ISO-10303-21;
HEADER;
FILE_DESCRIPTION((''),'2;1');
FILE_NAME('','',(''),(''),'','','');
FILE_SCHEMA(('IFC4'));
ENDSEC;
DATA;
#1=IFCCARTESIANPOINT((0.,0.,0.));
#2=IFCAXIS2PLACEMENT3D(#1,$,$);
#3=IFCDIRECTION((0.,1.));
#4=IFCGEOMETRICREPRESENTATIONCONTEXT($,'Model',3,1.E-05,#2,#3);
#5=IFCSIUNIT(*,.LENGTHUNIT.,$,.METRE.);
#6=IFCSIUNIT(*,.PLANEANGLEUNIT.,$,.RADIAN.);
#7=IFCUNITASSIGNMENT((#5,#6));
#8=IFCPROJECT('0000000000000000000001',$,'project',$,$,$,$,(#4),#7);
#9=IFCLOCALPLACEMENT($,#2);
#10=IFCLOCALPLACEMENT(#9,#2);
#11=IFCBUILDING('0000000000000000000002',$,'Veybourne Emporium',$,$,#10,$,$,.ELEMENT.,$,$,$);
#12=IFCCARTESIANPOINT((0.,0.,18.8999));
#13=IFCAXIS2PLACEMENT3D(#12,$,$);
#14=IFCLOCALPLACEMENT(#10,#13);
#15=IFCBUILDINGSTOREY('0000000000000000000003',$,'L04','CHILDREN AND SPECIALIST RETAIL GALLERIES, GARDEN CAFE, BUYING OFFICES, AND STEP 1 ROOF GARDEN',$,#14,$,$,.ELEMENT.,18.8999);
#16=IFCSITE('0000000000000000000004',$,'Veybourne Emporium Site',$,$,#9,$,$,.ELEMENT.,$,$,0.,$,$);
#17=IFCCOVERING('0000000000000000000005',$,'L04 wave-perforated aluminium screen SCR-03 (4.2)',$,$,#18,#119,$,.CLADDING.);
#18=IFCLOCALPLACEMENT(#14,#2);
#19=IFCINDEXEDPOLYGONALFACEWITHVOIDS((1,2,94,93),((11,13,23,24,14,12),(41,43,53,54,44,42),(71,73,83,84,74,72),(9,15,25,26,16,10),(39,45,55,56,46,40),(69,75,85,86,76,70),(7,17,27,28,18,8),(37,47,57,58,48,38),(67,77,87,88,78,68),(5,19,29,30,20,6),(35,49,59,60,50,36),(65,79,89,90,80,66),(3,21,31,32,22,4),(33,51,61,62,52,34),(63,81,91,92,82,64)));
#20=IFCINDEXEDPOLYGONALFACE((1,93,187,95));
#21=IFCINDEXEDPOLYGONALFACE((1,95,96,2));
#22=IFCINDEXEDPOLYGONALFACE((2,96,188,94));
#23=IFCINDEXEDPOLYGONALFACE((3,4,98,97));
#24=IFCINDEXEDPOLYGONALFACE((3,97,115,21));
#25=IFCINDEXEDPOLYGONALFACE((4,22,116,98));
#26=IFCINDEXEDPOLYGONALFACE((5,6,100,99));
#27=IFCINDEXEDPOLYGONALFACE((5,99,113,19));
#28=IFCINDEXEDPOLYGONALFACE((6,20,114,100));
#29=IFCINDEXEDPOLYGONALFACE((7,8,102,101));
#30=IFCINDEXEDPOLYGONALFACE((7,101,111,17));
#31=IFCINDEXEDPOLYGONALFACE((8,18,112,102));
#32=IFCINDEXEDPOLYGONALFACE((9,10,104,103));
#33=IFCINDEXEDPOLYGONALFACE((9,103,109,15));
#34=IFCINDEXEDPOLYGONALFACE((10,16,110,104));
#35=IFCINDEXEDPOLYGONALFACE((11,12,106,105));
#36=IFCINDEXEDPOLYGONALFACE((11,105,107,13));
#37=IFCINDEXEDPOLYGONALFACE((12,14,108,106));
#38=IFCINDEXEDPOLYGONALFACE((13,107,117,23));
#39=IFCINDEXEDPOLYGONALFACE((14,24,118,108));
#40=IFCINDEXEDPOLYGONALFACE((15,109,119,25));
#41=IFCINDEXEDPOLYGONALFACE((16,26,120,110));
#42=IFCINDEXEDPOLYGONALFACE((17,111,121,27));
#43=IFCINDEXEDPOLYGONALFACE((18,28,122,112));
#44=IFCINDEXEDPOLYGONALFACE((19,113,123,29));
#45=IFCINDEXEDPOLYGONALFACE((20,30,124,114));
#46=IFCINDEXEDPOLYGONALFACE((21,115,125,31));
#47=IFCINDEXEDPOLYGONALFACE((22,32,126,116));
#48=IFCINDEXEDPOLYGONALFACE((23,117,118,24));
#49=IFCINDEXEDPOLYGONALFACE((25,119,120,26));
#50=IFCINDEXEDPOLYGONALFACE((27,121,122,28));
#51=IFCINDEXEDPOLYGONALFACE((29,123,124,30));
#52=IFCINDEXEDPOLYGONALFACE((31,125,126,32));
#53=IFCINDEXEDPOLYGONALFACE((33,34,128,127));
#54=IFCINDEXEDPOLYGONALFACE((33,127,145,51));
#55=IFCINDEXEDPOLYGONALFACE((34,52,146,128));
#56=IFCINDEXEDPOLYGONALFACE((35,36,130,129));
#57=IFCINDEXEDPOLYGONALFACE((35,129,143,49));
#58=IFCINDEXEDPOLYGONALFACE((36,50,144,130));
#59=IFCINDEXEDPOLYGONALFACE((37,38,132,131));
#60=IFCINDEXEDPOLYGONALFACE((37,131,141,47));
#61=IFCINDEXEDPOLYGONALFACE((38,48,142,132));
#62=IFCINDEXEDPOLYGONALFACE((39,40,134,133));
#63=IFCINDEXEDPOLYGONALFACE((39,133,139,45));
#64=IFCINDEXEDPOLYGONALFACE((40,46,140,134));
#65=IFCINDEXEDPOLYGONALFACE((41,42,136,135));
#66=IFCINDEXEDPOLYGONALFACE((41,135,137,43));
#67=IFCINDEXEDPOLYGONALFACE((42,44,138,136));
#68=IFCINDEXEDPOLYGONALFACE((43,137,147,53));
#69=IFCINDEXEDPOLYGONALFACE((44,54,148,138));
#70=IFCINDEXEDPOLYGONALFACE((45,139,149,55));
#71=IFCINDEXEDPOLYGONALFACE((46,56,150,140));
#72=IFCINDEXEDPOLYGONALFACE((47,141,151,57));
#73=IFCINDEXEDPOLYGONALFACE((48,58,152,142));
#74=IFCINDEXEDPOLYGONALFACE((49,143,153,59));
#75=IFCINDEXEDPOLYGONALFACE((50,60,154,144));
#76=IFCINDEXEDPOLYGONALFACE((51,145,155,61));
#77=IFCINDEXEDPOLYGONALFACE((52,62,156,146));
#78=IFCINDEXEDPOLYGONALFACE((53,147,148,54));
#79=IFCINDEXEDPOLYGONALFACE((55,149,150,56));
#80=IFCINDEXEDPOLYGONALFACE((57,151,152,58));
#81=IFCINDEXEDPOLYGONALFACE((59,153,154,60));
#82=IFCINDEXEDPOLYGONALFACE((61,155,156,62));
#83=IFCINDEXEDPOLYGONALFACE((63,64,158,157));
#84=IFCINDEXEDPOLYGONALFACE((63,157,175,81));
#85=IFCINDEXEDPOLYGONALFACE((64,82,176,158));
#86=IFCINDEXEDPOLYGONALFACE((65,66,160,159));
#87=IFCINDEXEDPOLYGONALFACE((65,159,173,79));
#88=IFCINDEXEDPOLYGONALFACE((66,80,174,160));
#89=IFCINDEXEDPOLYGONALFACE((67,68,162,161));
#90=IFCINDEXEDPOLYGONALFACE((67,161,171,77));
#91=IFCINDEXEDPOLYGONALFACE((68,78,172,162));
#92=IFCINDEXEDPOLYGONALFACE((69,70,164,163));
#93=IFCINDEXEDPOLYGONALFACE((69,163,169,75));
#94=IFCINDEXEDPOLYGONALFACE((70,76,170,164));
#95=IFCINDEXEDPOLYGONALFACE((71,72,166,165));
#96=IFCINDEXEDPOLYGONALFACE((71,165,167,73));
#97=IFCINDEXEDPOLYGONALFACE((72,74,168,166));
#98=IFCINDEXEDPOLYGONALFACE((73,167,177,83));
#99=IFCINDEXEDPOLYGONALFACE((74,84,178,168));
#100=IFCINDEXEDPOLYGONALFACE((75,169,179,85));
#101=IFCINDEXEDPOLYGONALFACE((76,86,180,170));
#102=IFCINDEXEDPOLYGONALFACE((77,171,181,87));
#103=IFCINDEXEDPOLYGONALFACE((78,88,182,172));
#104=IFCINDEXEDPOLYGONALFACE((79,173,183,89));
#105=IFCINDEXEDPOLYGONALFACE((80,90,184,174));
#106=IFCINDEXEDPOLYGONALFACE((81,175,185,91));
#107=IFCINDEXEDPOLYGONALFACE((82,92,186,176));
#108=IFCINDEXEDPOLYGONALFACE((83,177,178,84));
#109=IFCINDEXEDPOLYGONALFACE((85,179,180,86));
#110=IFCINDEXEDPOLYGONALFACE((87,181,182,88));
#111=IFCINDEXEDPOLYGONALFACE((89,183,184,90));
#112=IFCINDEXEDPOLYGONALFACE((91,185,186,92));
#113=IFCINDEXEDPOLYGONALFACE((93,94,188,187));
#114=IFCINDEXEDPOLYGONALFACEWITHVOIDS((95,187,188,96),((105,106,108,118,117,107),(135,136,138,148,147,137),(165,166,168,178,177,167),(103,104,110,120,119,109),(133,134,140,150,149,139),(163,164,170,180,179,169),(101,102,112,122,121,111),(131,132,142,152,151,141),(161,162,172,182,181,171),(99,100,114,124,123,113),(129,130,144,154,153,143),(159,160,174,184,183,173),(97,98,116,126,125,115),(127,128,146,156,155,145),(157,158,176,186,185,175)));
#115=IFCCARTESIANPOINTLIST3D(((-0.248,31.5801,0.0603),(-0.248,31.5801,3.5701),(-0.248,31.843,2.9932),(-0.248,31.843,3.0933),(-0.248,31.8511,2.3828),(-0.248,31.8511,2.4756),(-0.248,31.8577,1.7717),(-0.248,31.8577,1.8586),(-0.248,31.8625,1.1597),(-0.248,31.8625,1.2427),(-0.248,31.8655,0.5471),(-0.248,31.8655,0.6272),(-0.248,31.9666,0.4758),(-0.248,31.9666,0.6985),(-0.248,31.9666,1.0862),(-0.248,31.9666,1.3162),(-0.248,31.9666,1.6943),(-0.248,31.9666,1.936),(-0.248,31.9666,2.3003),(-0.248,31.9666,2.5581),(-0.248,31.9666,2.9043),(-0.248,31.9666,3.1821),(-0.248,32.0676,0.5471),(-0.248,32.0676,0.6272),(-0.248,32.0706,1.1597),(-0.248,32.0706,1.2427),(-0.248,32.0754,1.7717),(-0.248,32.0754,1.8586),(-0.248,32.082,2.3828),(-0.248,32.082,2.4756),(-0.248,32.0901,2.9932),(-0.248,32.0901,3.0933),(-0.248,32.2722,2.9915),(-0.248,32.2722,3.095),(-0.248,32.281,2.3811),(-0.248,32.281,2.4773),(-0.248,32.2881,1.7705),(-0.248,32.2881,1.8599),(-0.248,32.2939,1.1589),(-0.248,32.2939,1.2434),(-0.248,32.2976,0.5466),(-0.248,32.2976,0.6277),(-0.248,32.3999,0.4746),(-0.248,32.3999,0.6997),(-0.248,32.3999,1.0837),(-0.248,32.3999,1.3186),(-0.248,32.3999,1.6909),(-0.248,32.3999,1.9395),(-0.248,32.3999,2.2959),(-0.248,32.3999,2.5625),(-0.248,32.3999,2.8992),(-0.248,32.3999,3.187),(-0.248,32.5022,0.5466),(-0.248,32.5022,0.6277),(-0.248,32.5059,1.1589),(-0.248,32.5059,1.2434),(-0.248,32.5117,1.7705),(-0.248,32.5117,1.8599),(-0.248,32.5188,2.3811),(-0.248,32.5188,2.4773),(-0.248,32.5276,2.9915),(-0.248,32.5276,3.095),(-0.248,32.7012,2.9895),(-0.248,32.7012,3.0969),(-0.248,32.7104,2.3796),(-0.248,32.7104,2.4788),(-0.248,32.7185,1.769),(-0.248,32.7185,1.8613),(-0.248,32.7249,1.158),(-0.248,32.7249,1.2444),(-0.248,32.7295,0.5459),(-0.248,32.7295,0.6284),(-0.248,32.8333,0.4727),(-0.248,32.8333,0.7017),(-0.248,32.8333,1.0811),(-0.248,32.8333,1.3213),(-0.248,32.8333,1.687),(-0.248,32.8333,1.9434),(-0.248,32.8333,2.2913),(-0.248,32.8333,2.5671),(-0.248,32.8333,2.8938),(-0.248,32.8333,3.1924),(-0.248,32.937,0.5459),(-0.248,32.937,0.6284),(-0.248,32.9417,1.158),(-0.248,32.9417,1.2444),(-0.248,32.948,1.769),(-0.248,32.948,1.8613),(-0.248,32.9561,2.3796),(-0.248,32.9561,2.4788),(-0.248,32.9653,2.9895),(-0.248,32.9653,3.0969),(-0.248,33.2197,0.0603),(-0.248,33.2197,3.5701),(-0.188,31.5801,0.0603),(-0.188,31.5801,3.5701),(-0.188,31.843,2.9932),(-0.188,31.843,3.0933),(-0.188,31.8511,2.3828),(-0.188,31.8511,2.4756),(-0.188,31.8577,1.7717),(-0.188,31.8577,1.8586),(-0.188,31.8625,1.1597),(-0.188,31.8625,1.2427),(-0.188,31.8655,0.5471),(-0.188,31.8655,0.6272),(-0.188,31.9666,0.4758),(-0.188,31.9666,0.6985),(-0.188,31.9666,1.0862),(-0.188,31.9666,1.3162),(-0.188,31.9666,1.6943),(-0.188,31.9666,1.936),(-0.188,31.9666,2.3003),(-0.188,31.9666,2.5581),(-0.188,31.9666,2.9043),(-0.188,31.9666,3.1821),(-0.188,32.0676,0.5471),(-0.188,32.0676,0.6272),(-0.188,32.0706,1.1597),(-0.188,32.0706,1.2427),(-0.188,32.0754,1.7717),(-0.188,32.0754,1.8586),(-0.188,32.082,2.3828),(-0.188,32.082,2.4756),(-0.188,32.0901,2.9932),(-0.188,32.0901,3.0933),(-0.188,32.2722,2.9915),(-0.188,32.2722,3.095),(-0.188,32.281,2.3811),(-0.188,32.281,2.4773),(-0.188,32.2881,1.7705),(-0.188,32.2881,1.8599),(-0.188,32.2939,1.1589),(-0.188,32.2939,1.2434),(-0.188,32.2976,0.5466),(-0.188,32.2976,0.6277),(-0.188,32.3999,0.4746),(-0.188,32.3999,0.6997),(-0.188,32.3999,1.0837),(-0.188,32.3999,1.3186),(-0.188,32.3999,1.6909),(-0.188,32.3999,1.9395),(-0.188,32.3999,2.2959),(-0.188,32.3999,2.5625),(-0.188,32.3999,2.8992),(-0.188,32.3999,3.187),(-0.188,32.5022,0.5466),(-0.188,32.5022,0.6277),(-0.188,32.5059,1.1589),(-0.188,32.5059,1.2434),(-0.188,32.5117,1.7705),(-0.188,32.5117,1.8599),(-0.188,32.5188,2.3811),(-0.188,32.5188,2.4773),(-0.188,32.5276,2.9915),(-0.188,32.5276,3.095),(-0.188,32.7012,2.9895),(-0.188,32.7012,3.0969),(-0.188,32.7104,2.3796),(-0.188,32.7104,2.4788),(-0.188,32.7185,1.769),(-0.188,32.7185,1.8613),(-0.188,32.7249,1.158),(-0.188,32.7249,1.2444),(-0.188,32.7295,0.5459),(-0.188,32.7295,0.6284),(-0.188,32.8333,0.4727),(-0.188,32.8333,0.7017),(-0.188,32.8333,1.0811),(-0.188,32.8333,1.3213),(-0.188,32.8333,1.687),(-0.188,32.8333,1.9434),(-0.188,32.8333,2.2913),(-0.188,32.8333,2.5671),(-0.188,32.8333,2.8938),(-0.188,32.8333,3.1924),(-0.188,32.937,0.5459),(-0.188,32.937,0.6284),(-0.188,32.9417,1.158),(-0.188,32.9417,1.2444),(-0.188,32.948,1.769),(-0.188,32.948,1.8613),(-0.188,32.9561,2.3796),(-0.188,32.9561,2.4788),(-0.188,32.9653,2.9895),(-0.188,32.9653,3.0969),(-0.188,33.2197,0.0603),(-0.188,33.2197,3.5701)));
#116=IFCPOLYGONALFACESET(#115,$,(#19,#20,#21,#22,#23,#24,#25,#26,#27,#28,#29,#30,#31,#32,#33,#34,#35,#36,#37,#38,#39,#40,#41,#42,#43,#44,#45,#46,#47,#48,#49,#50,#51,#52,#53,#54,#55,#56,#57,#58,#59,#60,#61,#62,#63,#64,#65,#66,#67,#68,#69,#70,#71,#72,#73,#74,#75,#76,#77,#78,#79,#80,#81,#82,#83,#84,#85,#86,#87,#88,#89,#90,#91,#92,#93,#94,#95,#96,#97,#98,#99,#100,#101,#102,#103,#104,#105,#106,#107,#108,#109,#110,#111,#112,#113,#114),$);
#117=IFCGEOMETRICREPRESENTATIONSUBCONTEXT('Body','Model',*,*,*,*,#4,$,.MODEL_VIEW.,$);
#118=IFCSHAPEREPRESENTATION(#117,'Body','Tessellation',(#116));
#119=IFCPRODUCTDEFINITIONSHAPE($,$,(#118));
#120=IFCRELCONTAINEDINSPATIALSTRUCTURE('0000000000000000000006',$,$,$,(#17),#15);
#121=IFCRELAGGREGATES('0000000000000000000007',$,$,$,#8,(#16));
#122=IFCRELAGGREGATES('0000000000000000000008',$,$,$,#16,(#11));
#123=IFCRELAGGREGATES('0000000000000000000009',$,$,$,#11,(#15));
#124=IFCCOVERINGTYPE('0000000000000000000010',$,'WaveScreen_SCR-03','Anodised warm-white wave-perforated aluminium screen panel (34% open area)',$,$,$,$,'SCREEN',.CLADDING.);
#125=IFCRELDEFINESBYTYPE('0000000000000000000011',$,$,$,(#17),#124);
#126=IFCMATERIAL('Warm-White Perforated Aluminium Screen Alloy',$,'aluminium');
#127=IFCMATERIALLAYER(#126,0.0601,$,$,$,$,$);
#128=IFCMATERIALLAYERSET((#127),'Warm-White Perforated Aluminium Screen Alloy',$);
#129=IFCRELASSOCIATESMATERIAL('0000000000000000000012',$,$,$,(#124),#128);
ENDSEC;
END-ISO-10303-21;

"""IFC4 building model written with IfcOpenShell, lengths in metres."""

from ifc_helpers import new_model, si_unit, direction, frame, origin, place, context, subcontext, project, spatial, polyline, outline, extrude, material, layer, layer_set, type_object, element, save


model = new_model("IFC4")

# Units and contexts
model_context = context("Model", 3, precision=1e-05, world=origin(), true_north=direction((0.0, 1.0)))
body_context = subcontext(model_context, "Body", "Model", "MODEL_VIEW")
ifc_project = project(units=[si_unit("LENGTHUNIT", "METRE"), si_unit("PLANEANGLEUNIT", "RADIAN")], contexts=[model_context])

# Site, building, storey
site_placement = place(None, origin())
site = spatial("IfcSite", under=ifc_project, at=site_placement, Name="Veybourne Emporium Site", CompositionType="ELEMENT", RefElevation=0.0)
building_placement = place(site_placement, origin())
building = spatial("IfcBuilding", under=site, at=building_placement, Name="Veybourne Emporium", CompositionType="ELEMENT")
storey_placement = place(building_placement, frame((0.0, 0.0, 18.8999)))
storey = spatial("IfcBuildingStorey", under=building, at=storey_placement, Name="L04", Description="CHILDREN AND SPECIALIST RETAIL GALLERIES, GARDEN CAFE, BUYING OFFICES, AND STEP 1 ROOF GARDEN", CompositionType="ELEMENT", Elevation=18.8999)

# Covering
ifc_material_1 = material(Name="Warm-White Perforated Aluminium Screen Alloy", Category="aluminium")
ifc_layer_1 = layer(ifc_material_1, 0.0601)
ifc_layer_set_1 = layer_set([ifc_layer_1], Name="Warm-White Perforated Aluminium Screen Alloy")
covering_type_1 = type_object("IfcCoveringType", Name="WaveScreen_SCR-03", Description="Anodised warm-white wave-perforated aluminium screen panel (34% open area)", ElementType="SCREEN", PredefinedType="CLADDING", material=ifc_layer_set_1)
covering_1_placement = place(storey_placement, frame((-0.248, 32.3999, 1.8152), z_axis=(1.0, 0.0, 0.0), x_axis=(0.0, 1.0, 0.0)))
element("IfcCovering", 1, at=covering_1_placement, inside=storey, type_object=covering_type_1, Name="L04 wave-perforated aluminium screen SCR-03 (4.2)", PredefinedType="CLADDING", context=body_context, shape_type="SweptSolid", body=[
    extrude(outline(polyline([(-0.8198, -1.7549), (0.8198, -1.7549), (0.8198, 1.7549), (-0.8198, 1.7549), (-0.8198, -1.7549)]), holes=[polyline([(-0.4333, -1.1167), (-0.3323, -1.188), (-0.3323, -1.2681), (-0.4333, -1.3394), (-0.5344, -1.2681), (-0.5344, -1.188), (-0.4333, -1.1167)]), polyline([(-0.4333, -0.499), (-0.3293, -0.5725), (-0.3293, -0.6555), (-0.4333, -0.729), (-0.5374, -0.6555), (-0.5374, -0.5725), (-0.4333, -0.499)]), polyline([(-0.4333, 0.1208), (-0.3245, 0.0435), (-0.3245, -0.0435), (-0.4333, -0.1208), (-0.5422, -0.0435), (-0.5422, 0.0435), (-0.4333, 0.1208)]), polyline([(-0.4333, 0.7429), (-0.3179, 0.6604), (-0.3179, 0.5676), (-0.4333, 0.4851), (-0.5488, 0.5676), (-0.5488, 0.6604), (-0.4333, 0.7429)]), polyline([(-0.4333, 1.3669), (-0.3098, 1.2781), (-0.3098, 1.178), (-0.4333, 1.0891), (-0.5569, 1.178), (-0.5569, 1.2781), (-0.4333, 1.3669)]), polyline([(0.0, -1.1155), (0.1023, -1.1875), (0.1023, -1.2686), (0.0, -1.3406), (-0.1023, -1.2686), (-0.1023, -1.1875), (0.0, -1.1155)]), polyline([(0.0, -0.4966), (0.106, -0.5718), (0.106, -0.6562), (0.0, -0.7314), (-0.106, -0.6562), (-0.106, -0.5718), (0.0, -0.4966)]), polyline([(0.0, 0.1243), (0.1118, 0.0447), (0.1118, -0.0447), (0.0, -0.1243), (-0.1118, -0.0447), (-0.1118, 0.0447), (0.0, 0.1243)]), polyline([(0.0, 0.7473), (0.1189, 0.6621), (0.1189, 0.5659), (0.0, 0.4807), (-0.1189, 0.5659), (-0.1189, 0.6621), (0.0, 0.7473)]), polyline([(0.0, 1.3718), (0.1277, 1.2798), (0.1277, 1.1763), (0.0, 1.084), (-0.1277, 1.1763), (-0.1277, 1.2798), (0.0, 1.3718)]), polyline([(0.4333, -1.1135), (0.5371, -1.1868), (0.5371, -1.2693), (0.4333, -1.3425), (0.3296, -1.2693), (0.3296, -1.1868), (0.4333, -1.1135)]), polyline([(0.4333, -0.4939), (0.5417, -0.5708), (0.5417, -0.6572), (0.4333, -0.7341), (0.325, -0.6572), (0.325, -0.5708), (0.4333, -0.4939)]), polyline([(0.4333, 0.1282), (0.5481, 0.0461), (0.5481, -0.0461), (0.4333, -0.1282), (0.3186, -0.0461), (0.3186, 0.0461), (0.4333, 0.1282)]), polyline([(0.4333, 0.752), (0.5562, 0.6636), (0.5562, 0.5645), (0.4333, 0.4761), (0.3105, 0.5645), (0.3105, 0.6636), (0.4333, 0.752)]), polyline([(0.4333, 1.3772), (0.5654, 1.2817), (0.5654, 1.1743), (0.4333, 1.0786), (0.3013, 1.1743), (0.3013, 1.2817), (0.4333, 1.3772)])]), origin(), (0.0, 0.0, 1.0), 0.0601),
])

save(model, "model.ifc")
